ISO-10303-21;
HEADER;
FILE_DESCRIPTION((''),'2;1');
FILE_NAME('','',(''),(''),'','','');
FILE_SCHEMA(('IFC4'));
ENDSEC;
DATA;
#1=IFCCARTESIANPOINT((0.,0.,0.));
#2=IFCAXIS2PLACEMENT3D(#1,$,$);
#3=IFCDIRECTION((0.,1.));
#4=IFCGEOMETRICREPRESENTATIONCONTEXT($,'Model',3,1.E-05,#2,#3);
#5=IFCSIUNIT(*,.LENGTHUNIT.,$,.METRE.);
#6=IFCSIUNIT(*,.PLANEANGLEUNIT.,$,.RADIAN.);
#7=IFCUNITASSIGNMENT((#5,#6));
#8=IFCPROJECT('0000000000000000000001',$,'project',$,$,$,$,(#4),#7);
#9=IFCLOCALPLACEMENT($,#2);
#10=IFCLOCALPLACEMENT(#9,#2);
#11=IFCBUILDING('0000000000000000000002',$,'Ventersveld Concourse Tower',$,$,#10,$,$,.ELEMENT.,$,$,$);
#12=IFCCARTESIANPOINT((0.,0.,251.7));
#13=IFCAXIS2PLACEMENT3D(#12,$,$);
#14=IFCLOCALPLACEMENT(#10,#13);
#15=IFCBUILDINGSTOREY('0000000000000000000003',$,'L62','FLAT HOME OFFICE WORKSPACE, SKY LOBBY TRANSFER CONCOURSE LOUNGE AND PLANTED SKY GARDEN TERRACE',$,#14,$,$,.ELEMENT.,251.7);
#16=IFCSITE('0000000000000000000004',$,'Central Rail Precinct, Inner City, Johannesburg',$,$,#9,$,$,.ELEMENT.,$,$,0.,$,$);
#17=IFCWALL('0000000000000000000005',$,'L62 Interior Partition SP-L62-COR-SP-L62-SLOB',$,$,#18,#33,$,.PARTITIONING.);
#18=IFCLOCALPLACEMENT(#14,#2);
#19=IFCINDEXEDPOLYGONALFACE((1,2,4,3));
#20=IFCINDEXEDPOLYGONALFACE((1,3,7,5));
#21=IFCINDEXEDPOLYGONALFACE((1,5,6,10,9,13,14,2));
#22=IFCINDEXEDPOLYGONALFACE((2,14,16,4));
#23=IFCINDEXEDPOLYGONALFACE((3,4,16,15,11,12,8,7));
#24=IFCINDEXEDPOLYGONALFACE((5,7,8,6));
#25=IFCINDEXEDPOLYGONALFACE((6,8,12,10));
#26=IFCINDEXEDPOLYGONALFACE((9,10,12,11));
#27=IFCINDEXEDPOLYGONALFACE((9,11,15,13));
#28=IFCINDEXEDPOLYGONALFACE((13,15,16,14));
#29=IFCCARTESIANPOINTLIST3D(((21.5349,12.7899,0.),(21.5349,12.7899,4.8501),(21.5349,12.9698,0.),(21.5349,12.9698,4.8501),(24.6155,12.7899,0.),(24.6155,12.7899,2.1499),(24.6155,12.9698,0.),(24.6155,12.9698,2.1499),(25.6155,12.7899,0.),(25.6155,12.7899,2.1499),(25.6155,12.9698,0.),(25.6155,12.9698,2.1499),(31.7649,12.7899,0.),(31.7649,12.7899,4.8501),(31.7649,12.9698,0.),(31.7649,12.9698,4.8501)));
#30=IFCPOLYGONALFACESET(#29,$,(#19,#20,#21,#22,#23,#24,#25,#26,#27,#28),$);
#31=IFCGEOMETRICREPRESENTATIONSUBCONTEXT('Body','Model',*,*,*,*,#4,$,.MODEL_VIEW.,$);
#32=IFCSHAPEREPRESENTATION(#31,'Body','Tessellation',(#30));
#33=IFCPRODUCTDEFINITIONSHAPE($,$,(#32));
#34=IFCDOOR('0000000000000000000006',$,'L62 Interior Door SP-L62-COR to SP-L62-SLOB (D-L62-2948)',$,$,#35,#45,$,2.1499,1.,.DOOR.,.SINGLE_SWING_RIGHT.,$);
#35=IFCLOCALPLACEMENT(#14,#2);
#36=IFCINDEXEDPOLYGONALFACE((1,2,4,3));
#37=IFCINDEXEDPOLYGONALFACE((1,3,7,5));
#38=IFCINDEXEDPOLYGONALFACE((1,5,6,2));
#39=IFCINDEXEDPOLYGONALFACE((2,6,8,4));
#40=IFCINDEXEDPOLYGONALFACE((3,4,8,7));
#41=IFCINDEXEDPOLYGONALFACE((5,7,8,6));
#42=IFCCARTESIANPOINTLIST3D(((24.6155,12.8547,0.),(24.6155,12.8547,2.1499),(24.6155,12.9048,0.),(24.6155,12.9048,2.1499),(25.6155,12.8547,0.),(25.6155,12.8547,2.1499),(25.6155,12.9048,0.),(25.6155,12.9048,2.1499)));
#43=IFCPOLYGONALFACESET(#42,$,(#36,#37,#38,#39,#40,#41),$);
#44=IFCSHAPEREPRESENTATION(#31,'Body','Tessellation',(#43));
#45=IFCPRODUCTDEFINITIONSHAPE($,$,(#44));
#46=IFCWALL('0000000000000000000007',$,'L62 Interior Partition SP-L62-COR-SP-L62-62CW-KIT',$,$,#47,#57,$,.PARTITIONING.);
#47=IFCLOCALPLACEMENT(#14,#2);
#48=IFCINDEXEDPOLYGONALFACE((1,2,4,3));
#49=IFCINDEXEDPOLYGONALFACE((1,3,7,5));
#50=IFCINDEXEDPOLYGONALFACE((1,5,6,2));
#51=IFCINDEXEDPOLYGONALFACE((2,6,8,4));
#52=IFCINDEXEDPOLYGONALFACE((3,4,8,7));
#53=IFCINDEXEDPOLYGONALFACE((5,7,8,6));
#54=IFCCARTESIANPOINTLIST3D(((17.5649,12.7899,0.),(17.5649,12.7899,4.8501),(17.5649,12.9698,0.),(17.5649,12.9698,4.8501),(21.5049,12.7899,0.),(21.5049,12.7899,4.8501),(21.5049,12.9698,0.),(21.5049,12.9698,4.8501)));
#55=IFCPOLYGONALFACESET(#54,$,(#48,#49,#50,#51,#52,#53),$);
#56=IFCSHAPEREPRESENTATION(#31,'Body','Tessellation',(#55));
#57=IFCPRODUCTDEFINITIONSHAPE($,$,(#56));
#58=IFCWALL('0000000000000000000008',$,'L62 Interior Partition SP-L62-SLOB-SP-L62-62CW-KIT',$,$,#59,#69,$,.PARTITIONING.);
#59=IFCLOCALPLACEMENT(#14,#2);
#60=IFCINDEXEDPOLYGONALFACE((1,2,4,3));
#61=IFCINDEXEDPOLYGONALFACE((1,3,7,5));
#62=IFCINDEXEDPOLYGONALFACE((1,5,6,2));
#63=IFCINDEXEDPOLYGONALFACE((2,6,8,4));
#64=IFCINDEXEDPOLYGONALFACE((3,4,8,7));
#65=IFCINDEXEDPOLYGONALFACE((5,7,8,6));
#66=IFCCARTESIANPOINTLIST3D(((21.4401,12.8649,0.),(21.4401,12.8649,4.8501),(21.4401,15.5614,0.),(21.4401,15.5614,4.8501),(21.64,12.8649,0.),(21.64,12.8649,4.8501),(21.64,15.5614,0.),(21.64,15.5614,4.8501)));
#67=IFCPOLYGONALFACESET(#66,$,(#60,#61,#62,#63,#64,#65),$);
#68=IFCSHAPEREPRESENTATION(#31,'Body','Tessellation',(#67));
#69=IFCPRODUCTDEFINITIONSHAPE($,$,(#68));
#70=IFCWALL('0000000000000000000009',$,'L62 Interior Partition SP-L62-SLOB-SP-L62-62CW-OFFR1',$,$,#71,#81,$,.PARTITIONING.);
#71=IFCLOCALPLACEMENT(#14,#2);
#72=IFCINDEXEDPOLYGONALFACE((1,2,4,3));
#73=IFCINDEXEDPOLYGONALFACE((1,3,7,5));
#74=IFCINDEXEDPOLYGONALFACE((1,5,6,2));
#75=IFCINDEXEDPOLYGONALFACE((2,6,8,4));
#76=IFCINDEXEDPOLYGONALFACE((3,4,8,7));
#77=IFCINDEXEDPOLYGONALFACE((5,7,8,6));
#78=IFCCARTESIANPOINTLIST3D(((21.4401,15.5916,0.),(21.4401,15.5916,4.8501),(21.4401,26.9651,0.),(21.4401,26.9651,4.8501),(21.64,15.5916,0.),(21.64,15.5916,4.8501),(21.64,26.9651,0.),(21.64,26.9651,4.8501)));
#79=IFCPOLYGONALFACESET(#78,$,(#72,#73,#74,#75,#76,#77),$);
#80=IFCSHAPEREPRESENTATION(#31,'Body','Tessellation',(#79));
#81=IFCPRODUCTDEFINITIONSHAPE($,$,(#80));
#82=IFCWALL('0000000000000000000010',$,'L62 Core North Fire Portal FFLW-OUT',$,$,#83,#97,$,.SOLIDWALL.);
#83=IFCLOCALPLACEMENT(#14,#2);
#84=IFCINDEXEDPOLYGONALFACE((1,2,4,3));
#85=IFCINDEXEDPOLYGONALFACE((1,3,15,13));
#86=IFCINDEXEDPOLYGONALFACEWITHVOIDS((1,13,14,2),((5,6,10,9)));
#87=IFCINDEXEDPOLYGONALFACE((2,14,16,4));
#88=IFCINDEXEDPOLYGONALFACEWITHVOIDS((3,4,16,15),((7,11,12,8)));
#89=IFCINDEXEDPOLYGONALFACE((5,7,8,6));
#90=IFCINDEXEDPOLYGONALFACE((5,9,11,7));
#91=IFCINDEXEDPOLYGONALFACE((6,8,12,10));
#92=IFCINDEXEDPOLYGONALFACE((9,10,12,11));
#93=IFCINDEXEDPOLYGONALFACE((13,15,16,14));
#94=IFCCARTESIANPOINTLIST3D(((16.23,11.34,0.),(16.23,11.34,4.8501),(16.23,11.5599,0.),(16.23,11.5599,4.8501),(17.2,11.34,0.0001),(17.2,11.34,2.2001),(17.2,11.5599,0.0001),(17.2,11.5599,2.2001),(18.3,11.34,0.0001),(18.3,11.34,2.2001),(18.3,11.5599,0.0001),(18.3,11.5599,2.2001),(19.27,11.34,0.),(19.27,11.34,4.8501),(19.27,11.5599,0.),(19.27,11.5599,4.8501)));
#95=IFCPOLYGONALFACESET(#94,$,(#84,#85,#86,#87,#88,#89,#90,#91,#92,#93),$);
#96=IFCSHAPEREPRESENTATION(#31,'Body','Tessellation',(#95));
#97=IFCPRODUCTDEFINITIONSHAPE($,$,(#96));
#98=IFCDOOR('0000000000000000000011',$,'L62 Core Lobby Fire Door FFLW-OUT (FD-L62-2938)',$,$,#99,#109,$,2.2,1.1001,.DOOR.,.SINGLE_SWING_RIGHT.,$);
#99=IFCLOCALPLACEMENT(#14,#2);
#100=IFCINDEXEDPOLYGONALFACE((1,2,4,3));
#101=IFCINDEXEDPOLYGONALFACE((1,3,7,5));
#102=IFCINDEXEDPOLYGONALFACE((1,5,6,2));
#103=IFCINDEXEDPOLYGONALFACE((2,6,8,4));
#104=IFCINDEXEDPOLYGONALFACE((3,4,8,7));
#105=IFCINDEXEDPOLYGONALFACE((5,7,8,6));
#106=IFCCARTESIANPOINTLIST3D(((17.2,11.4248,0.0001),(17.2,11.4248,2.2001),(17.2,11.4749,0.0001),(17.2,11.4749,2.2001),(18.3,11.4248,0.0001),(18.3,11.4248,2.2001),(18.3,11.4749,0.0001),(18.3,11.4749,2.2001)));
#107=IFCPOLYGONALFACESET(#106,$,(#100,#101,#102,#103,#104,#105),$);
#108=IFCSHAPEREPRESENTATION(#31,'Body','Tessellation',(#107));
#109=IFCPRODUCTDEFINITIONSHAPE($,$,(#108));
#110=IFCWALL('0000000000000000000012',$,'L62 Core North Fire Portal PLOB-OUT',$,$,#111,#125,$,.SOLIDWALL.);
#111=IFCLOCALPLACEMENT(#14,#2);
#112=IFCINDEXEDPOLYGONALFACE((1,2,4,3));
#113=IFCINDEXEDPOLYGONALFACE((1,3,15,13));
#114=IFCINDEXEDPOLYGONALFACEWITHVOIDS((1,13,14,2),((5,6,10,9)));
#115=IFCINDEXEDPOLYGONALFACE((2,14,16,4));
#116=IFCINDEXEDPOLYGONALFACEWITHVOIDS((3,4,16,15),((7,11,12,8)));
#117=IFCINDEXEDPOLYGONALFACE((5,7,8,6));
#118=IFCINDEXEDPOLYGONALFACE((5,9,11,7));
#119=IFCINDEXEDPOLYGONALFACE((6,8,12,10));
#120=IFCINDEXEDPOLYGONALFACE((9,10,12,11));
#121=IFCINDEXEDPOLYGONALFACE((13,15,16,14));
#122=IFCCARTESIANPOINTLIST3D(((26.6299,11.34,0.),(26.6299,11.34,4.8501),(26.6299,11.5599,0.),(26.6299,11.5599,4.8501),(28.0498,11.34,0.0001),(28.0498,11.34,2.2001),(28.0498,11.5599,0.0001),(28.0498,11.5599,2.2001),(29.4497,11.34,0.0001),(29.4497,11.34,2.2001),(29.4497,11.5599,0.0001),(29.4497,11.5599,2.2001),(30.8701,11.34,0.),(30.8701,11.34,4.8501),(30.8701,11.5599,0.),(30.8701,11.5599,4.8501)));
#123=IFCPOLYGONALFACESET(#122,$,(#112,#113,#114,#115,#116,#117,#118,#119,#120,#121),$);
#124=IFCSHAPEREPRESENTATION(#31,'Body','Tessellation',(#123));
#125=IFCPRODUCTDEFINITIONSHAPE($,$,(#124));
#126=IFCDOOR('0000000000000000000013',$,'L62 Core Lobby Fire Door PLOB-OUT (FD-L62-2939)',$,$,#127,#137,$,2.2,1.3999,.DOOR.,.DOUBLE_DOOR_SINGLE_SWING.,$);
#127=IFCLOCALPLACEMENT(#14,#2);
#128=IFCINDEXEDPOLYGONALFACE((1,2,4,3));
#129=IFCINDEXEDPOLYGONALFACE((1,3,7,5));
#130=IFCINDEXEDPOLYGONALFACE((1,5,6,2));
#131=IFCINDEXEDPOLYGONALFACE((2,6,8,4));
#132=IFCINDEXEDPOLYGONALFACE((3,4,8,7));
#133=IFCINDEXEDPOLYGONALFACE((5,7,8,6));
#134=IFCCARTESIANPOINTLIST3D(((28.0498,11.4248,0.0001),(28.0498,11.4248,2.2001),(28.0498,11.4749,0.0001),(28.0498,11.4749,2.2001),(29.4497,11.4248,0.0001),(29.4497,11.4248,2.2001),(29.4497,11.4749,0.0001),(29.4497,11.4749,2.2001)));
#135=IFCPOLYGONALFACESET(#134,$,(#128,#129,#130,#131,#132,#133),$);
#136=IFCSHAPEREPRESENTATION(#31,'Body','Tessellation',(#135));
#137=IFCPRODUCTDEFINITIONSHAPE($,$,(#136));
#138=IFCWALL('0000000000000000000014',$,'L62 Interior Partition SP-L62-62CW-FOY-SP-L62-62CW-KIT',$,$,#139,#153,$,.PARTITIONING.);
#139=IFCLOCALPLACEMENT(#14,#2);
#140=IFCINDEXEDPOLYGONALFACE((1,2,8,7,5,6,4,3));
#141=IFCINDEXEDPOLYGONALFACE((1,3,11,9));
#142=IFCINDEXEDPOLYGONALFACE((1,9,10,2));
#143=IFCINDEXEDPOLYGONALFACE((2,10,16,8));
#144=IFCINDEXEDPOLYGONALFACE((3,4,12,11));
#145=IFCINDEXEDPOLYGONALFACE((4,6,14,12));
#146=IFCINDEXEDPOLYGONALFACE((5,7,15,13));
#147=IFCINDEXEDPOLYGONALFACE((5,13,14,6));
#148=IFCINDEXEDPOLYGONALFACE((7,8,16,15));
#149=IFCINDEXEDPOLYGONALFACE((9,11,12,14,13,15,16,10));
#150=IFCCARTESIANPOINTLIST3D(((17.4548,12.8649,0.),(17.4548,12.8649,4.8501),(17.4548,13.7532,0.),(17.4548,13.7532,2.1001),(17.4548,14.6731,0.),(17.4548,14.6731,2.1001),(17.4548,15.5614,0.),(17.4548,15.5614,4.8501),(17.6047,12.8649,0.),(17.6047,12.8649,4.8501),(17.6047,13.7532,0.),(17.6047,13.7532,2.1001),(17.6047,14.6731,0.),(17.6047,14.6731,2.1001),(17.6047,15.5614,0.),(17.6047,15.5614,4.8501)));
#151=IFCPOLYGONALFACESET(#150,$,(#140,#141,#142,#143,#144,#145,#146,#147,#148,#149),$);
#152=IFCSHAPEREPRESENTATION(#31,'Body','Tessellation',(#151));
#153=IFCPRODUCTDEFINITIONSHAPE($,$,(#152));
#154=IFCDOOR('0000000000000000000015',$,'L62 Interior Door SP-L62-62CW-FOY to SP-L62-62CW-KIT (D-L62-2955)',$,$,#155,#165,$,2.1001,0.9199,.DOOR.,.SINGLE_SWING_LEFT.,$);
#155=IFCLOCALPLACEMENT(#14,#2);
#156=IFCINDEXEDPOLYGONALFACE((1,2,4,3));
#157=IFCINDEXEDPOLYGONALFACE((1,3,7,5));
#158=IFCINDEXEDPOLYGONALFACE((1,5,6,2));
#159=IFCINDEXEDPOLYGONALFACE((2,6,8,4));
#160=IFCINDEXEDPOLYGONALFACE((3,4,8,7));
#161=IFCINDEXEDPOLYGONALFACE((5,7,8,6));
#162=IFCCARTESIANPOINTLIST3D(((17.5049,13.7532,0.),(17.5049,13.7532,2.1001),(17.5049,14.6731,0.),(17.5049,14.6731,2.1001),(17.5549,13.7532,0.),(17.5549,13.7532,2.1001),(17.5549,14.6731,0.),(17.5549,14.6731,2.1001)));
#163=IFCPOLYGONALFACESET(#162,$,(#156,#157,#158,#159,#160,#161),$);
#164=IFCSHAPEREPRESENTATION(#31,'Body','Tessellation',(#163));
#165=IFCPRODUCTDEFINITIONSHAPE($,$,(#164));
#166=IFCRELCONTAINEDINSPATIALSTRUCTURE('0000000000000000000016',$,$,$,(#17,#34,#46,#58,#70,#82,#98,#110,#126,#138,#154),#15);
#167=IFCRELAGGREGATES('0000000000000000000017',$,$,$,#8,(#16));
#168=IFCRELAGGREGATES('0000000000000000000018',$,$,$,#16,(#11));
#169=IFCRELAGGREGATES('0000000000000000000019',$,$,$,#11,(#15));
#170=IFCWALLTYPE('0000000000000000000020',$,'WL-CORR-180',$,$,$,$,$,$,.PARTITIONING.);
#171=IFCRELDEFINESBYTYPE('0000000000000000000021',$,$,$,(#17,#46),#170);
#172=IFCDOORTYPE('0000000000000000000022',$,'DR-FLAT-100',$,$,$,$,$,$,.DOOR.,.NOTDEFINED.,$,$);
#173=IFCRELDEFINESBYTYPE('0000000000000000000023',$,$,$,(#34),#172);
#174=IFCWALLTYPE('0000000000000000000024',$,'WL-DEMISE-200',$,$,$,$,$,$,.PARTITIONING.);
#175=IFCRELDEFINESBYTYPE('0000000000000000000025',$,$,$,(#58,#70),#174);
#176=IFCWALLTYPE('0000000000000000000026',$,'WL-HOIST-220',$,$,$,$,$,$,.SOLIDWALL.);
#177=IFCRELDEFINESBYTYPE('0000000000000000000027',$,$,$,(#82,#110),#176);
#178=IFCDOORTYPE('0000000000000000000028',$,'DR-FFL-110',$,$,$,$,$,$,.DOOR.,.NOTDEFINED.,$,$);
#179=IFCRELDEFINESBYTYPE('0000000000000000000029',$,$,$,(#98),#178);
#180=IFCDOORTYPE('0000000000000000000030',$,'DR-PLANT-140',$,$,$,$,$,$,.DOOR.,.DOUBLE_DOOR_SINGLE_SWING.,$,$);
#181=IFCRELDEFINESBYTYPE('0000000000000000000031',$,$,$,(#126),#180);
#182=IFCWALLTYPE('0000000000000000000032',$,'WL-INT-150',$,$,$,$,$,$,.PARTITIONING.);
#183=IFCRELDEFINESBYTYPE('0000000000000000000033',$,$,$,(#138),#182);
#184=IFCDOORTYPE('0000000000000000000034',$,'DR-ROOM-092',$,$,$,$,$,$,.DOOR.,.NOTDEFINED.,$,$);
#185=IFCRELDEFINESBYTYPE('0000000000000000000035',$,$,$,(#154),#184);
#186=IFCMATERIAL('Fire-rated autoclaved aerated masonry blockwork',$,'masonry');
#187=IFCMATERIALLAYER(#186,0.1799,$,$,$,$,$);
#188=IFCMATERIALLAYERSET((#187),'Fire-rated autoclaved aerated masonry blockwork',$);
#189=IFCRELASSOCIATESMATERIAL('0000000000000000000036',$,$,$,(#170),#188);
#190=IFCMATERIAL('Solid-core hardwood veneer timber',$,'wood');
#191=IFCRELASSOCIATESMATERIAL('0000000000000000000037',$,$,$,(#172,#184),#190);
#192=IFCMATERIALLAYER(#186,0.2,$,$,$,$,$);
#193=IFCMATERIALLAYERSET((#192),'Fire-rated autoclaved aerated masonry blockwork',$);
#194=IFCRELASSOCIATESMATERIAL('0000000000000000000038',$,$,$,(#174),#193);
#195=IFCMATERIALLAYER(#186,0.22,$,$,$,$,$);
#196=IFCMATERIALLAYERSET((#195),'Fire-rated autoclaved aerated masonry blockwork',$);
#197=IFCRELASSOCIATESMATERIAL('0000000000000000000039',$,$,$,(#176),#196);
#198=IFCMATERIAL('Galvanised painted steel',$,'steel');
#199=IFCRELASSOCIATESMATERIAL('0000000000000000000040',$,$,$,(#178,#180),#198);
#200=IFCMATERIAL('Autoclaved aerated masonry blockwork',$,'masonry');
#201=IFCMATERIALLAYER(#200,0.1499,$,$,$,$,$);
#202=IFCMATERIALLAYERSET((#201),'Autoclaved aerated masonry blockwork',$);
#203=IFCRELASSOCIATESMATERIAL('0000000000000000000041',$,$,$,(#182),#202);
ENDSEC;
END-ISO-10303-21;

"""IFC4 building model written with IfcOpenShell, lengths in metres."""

from ifc_helpers import new_model, si_unit, direction, frame, frame_2d, origin, place, context, subcontext, project, spatial, rectangle, extrude, material, layer, layer_set, type_object, element, fill, save


model = new_model("IFC4")

# Units and contexts
model_context = context("Model", 3, precision=1e-05, world=origin(), true_north=direction((0.0, 1.0)))
body_context = subcontext(model_context, "Body", "Model", "MODEL_VIEW")
ifc_project = project(units=[si_unit("LENGTHUNIT", "METRE"), si_unit("PLANEANGLEUNIT", "RADIAN")], contexts=[model_context])

# Site, building, storey
site_placement = place(None, origin())
site = spatial("IfcSite", under=ifc_project, at=site_placement, Name="Central Rail Precinct, Inner City, Johannesburg", CompositionType="ELEMENT", RefElevation=0.0)
building_placement = place(site_placement, origin())
building = spatial("IfcBuilding", under=site, at=building_placement, Name="Ventersveld Concourse Tower", CompositionType="ELEMENT")
storey_placement = place(building_placement, frame((0.0, 0.0, 251.7)))
storey = spatial("IfcBuildingStorey", under=building, at=storey_placement, Name="L62", Description="FLAT HOME OFFICE WORKSPACE, SKY LOBBY TRANSFER CONCOURSE LOUNGE AND PLANTED SKY GARDEN TERRACE", CompositionType="ELEMENT", Elevation=251.7)

# Wall, opening, door
ifc_material_1 = material(Name="Fire-rated autoclaved aerated masonry blockwork", Category="masonry")
ifc_layer_1 = layer(ifc_material_1, 0.1799)
ifc_layer_set_1 = layer_set([ifc_layer_1], Name="Fire-rated autoclaved aerated masonry blockwork")
wall_type_1 = type_object("IfcWallType", Name="WL-CORR-180", PredefinedType="PARTITIONING", material=ifc_layer_set_1)
wall_1_placement = place(storey_placement, frame((21.5349, 12.8799, 0.0), z_axis=(0.0, 0.0, 1.0), x_axis=(1.0, 0.0, 0.0)))
wall_1 = element("IfcWall", 1, at=wall_1_placement, inside=storey, type_object=wall_type_1, Name="L62 Interior Partition SP-L62-COR-SP-L62-SLOB", PredefinedType="PARTITIONING", context=body_context, shape_type="SweptSolid", body=[
    extrude(rectangle(XDim=10.23, YDim=0.1799, at=frame_2d((5.115, 0.0))), origin(), (0.0, 0.0, 1.0), 4.8501),
])
opening_1_placement = place(wall_1_placement, frame((3.0806, 0.0, 0.0)))
opening_1 = element("IfcOpeningElement", 2, at=opening_1_placement, cuts=wall_1, PredefinedType="OPENING", context=body_context, shape_type="SweptSolid", body=[
    extrude(rectangle(XDim=1.0, YDim=2.1499, at=frame_2d((0.5, 1.075))), frame((0.0, 0.1001, 0.0), z_axis=(0.0, -1.0, 0.0), x_axis=(1.0, 0.0, 0.0)), (0.0, 0.0, 1.0), 0.2),
])
ifc_material_2 = material(Name="Solid-core hardwood veneer timber", Category="wood")
door_type_1 = type_object("IfcDoorType", Name="DR-FLAT-100", OperationType="NOTDEFINED", PredefinedType="DOOR", material=ifc_material_2)
door_1_placement = place(opening_1_placement, origin())
door_1 = element("IfcDoor", 3, at=door_1_placement, inside=storey, type_object=door_type_1, Name="L62 Interior Door SP-L62-COR to SP-L62-SLOB (D-L62-2948)", OperationType="SINGLE_SWING_RIGHT", OverallHeight=2.1499, OverallWidth=1.0, PredefinedType="DOOR", context=body_context, shape_type="SweptSolid", body=[
    extrude(rectangle(XDim=1.0, YDim=2.1499, at=frame_2d((0.5, 1.075))), frame((0.0, 0.0249, 0.0), z_axis=(0.0, -1.0, 0.0), x_axis=(1.0, 0.0, 0.0)), (0.0, 0.0, 1.0), 0.05),
])
fill(opening_1, door_1)

# Walls
wall_2_placement = place(storey_placement, frame((17.5649, 12.8799, 0.0), z_axis=(0.0, 0.0, 1.0), x_axis=(1.0, 0.0, 0.0)))
element("IfcWall", 4, at=wall_2_placement, inside=storey, type_object=wall_type_1, Name="L62 Interior Partition SP-L62-COR-SP-L62-62CW-KIT", PredefinedType="PARTITIONING", context=body_context, shape_type="SweptSolid", body=[
    extrude(rectangle(XDim=3.9399, YDim=0.1799, at=frame_2d((1.97, 0.0))), origin(), (0.0, 0.0, 1.0), 4.8501),
])
ifc_layer_2 = layer(ifc_material_1, 0.2)
ifc_layer_set_2 = layer_set([ifc_layer_2], Name="Fire-rated autoclaved aerated masonry blockwork")
wall_type_2 = type_object("IfcWallType", Name="WL-DEMISE-200", PredefinedType="PARTITIONING", material=ifc_layer_set_2)
wall_3_placement = place(storey_placement, frame((21.54, 12.865, 0.0), z_axis=(0.0, 0.0, 1.0), x_axis=(0.0, 1.0, 0.0)))
element("IfcWall", 5, at=wall_3_placement, inside=storey, type_object=wall_type_2, Name="L62 Interior Partition SP-L62-SLOB-SP-L62-62CW-KIT", PredefinedType="PARTITIONING", context=body_context, shape_type="SweptSolid", body=[
    extrude(rectangle(XDim=2.6965, YDim=0.2, at=frame_2d((1.3481, 0.0))), origin(), (0.0, 0.0, 1.0), 4.8501),
])
wall_4_placement = place(storey_placement, frame((21.54, 15.5916, 0.0), z_axis=(0.0, 0.0, 1.0), x_axis=(0.0, 1.0, 0.0)))
element("IfcWall", 6, at=wall_4_placement, inside=storey, type_object=wall_type_2, Name="L62 Interior Partition SP-L62-SLOB-SP-L62-62CW-OFFR1", PredefinedType="PARTITIONING", context=body_context, shape_type="SweptSolid", body=[
    extrude(rectangle(XDim=11.3735, YDim=0.2, at=frame_2d((5.6868, 0.0))), origin(), (0.0, 0.0, 1.0), 4.8501),
])

# Walls, openings, doors
ifc_layer_3 = layer(ifc_material_1, 0.22)
ifc_layer_set_3 = layer_set([ifc_layer_3], Name="Fire-rated autoclaved aerated masonry blockwork")
wall_type_3 = type_object("IfcWallType", Name="WL-HOIST-220", PredefinedType="SOLIDWALL", material=ifc_layer_set_3)
wall_5_placement = place(storey_placement, frame((16.23, 11.45, 0.0), z_axis=(0.0, 0.0, 1.0), x_axis=(1.0, 0.0, 0.0)))
wall_5 = element("IfcWall", 7, at=wall_5_placement, inside=storey, type_object=wall_type_3, Name="L62 Core North Fire Portal FFLW-OUT", PredefinedType="SOLIDWALL", context=body_context, shape_type="SweptSolid", body=[
    extrude(rectangle(XDim=3.04, YDim=0.22, at=frame_2d((1.52, 0.0))), origin(), (0.0, 0.0, 1.0), 4.8501),
])
opening_2_placement = place(wall_5_placement, frame((0.97, 0.0, 0.0)))
opening_2 = element("IfcOpeningElement", 8, at=opening_2_placement, cuts=wall_5, PredefinedType="OPENING", context=body_context, shape_type="SweptSolid", body=[
    extrude(rectangle(XDim=1.1001, YDim=2.2, at=frame_2d((0.55, 1.1001))), frame((0.0, 0.1201, 0.0), z_axis=(0.0, -1.0, 0.0), x_axis=(1.0, 0.0, 0.0)), (0.0, 0.0, 1.0), 0.24),
])
ifc_material_3 = material(Name="Galvanised painted steel", Category="steel")
door_type_2 = type_object("IfcDoorType", Name="DR-FFL-110", OperationType="NOTDEFINED", PredefinedType="DOOR", material=ifc_material_3)
door_2_placement = place(opening_2_placement, origin())
door_2 = element("IfcDoor", 9, at=door_2_placement, inside=storey, type_object=door_type_2, Name="L62 Core Lobby Fire Door FFLW-OUT (FD-L62-2938)", OperationType="SINGLE_SWING_RIGHT", OverallHeight=2.2, OverallWidth=1.1001, PredefinedType="DOOR", context=body_context, shape_type="SweptSolid", body=[
    extrude(rectangle(XDim=1.1001, YDim=2.2, at=frame_2d((0.55, 1.1001))), frame((0.0, 0.0249, 0.0), z_axis=(0.0, -1.0, 0.0), x_axis=(1.0, 0.0, 0.0)), (0.0, 0.0, 1.0), 0.05),
])
fill(opening_2, door_2)
wall_6_placement = place(storey_placement, frame((26.6299, 11.45, 0.0), z_axis=(0.0, 0.0, 1.0), x_axis=(1.0, 0.0, 0.0)))
wall_6 = element("IfcWall", 10, at=wall_6_placement, inside=storey, type_object=wall_type_3, Name="L62 Core North Fire Portal PLOB-OUT", PredefinedType="SOLIDWALL", context=body_context, shape_type="SweptSolid", body=[
    extrude(rectangle(XDim=4.2402, YDim=0.22, at=frame_2d((2.1201, 0.0))), origin(), (0.0, 0.0, 1.0), 4.8501),
])
opening_3_placement = place(wall_6_placement, frame((1.4199, 0.0, 0.0)))
opening_3 = element("IfcOpeningElement", 11, at=opening_3_placement, cuts=wall_6, PredefinedType="OPENING", context=body_context, shape_type="SweptSolid", body=[
    extrude(rectangle(XDim=1.3999, YDim=2.2, at=frame_2d((0.7, 1.1001))), frame((0.0, 0.1201, 0.0), z_axis=(0.0, -1.0, 0.0), x_axis=(1.0, 0.0, 0.0)), (0.0, 0.0, 1.0), 0.24),
])
door_type_3 = type_object("IfcDoorType", Name="DR-PLANT-140", OperationType="DOUBLE_DOOR_SINGLE_SWING", PredefinedType="DOOR", material=ifc_material_3)
door_3_placement = place(opening_3_placement, origin())
door_3 = element("IfcDoor", 12, at=door_3_placement, inside=storey, type_object=door_type_3, Name="L62 Core Lobby Fire Door PLOB-OUT (FD-L62-2939)", OperationType="DOUBLE_DOOR_SINGLE_SWING", OverallHeight=2.2, OverallWidth=1.3999, PredefinedType="DOOR", context=body_context, shape_type="SweptSolid", body=[
    extrude(rectangle(XDim=1.3999, YDim=2.2, at=frame_2d((0.7, 1.1001))), frame((0.0, 0.0249, 0.0), z_axis=(0.0, -1.0, 0.0), x_axis=(1.0, 0.0, 0.0)), (0.0, 0.0, 1.0), 0.05),
])
fill(opening_3, door_3)
ifc_material_4 = material(Name="Autoclaved aerated masonry blockwork", Category="masonry")
ifc_layer_4 = layer(ifc_material_4, 0.1499)
ifc_layer_set_4 = layer_set([ifc_layer_4], Name="Autoclaved aerated masonry blockwork")
wall_type_4 = type_object("IfcWallType", Name="WL-INT-150", PredefinedType="PARTITIONING", material=ifc_layer_set_4)
wall_7_placement = place(storey_placement, frame((17.5298, 12.865, 0.0), z_axis=(0.0, 0.0, 1.0), x_axis=(0.0, 1.0, 0.0)))
wall_7 = element("IfcWall", 13, at=wall_7_placement, inside=storey, type_object=wall_type_4, Name="L62 Interior Partition SP-L62-62CW-FOY-SP-L62-62CW-KIT", PredefinedType="PARTITIONING", context=body_context, shape_type="SweptSolid", body=[
    extrude(rectangle(XDim=2.6965, YDim=0.1499, at=frame_2d((1.3481, 0.0))), origin(), (0.0, 0.0, 1.0), 4.8501),
])
opening_4_placement = place(wall_7_placement, frame((0.8882, 0.0, 0.0)))
opening_4 = element("IfcOpeningElement", 14, at=opening_4_placement, cuts=wall_7, PredefinedType="OPENING", context=body_context, shape_type="SweptSolid", body=[
    extrude(rectangle(XDim=0.9199, YDim=2.1001, at=frame_2d((0.46, 1.05))), frame((0.0, 0.085, 0.0), z_axis=(0.0, -1.0, 0.0), x_axis=(1.0, 0.0, 0.0)), (0.0, 0.0, 1.0), 0.1699),
])
door_type_4 = type_object("IfcDoorType", Name="DR-ROOM-092", OperationType="NOTDEFINED", PredefinedType="DOOR", material=ifc_material_2)
door_4_placement = place(opening_4_placement, origin())
door_4 = element("IfcDoor", 15, at=door_4_placement, inside=storey, type_object=door_type_4, Name="L62 Interior Door SP-L62-62CW-FOY to SP-L62-62CW-KIT (D-L62-2955)", OperationType="SINGLE_SWING_LEFT", OverallHeight=2.1001, OverallWidth=0.9199, PredefinedType="DOOR", context=body_context, shape_type="SweptSolid", body=[
    extrude(rectangle(XDim=0.9199, YDim=2.1001, at=frame_2d((0.46, 1.05))), frame((0.0, 0.0249, 0.0), z_axis=(0.0, -1.0, 0.0), x_axis=(1.0, 0.0, 0.0)), (0.0, 0.0, 1.0), 0.05),
])
fill(opening_4, door_4)

save(model, "model.ifc")
